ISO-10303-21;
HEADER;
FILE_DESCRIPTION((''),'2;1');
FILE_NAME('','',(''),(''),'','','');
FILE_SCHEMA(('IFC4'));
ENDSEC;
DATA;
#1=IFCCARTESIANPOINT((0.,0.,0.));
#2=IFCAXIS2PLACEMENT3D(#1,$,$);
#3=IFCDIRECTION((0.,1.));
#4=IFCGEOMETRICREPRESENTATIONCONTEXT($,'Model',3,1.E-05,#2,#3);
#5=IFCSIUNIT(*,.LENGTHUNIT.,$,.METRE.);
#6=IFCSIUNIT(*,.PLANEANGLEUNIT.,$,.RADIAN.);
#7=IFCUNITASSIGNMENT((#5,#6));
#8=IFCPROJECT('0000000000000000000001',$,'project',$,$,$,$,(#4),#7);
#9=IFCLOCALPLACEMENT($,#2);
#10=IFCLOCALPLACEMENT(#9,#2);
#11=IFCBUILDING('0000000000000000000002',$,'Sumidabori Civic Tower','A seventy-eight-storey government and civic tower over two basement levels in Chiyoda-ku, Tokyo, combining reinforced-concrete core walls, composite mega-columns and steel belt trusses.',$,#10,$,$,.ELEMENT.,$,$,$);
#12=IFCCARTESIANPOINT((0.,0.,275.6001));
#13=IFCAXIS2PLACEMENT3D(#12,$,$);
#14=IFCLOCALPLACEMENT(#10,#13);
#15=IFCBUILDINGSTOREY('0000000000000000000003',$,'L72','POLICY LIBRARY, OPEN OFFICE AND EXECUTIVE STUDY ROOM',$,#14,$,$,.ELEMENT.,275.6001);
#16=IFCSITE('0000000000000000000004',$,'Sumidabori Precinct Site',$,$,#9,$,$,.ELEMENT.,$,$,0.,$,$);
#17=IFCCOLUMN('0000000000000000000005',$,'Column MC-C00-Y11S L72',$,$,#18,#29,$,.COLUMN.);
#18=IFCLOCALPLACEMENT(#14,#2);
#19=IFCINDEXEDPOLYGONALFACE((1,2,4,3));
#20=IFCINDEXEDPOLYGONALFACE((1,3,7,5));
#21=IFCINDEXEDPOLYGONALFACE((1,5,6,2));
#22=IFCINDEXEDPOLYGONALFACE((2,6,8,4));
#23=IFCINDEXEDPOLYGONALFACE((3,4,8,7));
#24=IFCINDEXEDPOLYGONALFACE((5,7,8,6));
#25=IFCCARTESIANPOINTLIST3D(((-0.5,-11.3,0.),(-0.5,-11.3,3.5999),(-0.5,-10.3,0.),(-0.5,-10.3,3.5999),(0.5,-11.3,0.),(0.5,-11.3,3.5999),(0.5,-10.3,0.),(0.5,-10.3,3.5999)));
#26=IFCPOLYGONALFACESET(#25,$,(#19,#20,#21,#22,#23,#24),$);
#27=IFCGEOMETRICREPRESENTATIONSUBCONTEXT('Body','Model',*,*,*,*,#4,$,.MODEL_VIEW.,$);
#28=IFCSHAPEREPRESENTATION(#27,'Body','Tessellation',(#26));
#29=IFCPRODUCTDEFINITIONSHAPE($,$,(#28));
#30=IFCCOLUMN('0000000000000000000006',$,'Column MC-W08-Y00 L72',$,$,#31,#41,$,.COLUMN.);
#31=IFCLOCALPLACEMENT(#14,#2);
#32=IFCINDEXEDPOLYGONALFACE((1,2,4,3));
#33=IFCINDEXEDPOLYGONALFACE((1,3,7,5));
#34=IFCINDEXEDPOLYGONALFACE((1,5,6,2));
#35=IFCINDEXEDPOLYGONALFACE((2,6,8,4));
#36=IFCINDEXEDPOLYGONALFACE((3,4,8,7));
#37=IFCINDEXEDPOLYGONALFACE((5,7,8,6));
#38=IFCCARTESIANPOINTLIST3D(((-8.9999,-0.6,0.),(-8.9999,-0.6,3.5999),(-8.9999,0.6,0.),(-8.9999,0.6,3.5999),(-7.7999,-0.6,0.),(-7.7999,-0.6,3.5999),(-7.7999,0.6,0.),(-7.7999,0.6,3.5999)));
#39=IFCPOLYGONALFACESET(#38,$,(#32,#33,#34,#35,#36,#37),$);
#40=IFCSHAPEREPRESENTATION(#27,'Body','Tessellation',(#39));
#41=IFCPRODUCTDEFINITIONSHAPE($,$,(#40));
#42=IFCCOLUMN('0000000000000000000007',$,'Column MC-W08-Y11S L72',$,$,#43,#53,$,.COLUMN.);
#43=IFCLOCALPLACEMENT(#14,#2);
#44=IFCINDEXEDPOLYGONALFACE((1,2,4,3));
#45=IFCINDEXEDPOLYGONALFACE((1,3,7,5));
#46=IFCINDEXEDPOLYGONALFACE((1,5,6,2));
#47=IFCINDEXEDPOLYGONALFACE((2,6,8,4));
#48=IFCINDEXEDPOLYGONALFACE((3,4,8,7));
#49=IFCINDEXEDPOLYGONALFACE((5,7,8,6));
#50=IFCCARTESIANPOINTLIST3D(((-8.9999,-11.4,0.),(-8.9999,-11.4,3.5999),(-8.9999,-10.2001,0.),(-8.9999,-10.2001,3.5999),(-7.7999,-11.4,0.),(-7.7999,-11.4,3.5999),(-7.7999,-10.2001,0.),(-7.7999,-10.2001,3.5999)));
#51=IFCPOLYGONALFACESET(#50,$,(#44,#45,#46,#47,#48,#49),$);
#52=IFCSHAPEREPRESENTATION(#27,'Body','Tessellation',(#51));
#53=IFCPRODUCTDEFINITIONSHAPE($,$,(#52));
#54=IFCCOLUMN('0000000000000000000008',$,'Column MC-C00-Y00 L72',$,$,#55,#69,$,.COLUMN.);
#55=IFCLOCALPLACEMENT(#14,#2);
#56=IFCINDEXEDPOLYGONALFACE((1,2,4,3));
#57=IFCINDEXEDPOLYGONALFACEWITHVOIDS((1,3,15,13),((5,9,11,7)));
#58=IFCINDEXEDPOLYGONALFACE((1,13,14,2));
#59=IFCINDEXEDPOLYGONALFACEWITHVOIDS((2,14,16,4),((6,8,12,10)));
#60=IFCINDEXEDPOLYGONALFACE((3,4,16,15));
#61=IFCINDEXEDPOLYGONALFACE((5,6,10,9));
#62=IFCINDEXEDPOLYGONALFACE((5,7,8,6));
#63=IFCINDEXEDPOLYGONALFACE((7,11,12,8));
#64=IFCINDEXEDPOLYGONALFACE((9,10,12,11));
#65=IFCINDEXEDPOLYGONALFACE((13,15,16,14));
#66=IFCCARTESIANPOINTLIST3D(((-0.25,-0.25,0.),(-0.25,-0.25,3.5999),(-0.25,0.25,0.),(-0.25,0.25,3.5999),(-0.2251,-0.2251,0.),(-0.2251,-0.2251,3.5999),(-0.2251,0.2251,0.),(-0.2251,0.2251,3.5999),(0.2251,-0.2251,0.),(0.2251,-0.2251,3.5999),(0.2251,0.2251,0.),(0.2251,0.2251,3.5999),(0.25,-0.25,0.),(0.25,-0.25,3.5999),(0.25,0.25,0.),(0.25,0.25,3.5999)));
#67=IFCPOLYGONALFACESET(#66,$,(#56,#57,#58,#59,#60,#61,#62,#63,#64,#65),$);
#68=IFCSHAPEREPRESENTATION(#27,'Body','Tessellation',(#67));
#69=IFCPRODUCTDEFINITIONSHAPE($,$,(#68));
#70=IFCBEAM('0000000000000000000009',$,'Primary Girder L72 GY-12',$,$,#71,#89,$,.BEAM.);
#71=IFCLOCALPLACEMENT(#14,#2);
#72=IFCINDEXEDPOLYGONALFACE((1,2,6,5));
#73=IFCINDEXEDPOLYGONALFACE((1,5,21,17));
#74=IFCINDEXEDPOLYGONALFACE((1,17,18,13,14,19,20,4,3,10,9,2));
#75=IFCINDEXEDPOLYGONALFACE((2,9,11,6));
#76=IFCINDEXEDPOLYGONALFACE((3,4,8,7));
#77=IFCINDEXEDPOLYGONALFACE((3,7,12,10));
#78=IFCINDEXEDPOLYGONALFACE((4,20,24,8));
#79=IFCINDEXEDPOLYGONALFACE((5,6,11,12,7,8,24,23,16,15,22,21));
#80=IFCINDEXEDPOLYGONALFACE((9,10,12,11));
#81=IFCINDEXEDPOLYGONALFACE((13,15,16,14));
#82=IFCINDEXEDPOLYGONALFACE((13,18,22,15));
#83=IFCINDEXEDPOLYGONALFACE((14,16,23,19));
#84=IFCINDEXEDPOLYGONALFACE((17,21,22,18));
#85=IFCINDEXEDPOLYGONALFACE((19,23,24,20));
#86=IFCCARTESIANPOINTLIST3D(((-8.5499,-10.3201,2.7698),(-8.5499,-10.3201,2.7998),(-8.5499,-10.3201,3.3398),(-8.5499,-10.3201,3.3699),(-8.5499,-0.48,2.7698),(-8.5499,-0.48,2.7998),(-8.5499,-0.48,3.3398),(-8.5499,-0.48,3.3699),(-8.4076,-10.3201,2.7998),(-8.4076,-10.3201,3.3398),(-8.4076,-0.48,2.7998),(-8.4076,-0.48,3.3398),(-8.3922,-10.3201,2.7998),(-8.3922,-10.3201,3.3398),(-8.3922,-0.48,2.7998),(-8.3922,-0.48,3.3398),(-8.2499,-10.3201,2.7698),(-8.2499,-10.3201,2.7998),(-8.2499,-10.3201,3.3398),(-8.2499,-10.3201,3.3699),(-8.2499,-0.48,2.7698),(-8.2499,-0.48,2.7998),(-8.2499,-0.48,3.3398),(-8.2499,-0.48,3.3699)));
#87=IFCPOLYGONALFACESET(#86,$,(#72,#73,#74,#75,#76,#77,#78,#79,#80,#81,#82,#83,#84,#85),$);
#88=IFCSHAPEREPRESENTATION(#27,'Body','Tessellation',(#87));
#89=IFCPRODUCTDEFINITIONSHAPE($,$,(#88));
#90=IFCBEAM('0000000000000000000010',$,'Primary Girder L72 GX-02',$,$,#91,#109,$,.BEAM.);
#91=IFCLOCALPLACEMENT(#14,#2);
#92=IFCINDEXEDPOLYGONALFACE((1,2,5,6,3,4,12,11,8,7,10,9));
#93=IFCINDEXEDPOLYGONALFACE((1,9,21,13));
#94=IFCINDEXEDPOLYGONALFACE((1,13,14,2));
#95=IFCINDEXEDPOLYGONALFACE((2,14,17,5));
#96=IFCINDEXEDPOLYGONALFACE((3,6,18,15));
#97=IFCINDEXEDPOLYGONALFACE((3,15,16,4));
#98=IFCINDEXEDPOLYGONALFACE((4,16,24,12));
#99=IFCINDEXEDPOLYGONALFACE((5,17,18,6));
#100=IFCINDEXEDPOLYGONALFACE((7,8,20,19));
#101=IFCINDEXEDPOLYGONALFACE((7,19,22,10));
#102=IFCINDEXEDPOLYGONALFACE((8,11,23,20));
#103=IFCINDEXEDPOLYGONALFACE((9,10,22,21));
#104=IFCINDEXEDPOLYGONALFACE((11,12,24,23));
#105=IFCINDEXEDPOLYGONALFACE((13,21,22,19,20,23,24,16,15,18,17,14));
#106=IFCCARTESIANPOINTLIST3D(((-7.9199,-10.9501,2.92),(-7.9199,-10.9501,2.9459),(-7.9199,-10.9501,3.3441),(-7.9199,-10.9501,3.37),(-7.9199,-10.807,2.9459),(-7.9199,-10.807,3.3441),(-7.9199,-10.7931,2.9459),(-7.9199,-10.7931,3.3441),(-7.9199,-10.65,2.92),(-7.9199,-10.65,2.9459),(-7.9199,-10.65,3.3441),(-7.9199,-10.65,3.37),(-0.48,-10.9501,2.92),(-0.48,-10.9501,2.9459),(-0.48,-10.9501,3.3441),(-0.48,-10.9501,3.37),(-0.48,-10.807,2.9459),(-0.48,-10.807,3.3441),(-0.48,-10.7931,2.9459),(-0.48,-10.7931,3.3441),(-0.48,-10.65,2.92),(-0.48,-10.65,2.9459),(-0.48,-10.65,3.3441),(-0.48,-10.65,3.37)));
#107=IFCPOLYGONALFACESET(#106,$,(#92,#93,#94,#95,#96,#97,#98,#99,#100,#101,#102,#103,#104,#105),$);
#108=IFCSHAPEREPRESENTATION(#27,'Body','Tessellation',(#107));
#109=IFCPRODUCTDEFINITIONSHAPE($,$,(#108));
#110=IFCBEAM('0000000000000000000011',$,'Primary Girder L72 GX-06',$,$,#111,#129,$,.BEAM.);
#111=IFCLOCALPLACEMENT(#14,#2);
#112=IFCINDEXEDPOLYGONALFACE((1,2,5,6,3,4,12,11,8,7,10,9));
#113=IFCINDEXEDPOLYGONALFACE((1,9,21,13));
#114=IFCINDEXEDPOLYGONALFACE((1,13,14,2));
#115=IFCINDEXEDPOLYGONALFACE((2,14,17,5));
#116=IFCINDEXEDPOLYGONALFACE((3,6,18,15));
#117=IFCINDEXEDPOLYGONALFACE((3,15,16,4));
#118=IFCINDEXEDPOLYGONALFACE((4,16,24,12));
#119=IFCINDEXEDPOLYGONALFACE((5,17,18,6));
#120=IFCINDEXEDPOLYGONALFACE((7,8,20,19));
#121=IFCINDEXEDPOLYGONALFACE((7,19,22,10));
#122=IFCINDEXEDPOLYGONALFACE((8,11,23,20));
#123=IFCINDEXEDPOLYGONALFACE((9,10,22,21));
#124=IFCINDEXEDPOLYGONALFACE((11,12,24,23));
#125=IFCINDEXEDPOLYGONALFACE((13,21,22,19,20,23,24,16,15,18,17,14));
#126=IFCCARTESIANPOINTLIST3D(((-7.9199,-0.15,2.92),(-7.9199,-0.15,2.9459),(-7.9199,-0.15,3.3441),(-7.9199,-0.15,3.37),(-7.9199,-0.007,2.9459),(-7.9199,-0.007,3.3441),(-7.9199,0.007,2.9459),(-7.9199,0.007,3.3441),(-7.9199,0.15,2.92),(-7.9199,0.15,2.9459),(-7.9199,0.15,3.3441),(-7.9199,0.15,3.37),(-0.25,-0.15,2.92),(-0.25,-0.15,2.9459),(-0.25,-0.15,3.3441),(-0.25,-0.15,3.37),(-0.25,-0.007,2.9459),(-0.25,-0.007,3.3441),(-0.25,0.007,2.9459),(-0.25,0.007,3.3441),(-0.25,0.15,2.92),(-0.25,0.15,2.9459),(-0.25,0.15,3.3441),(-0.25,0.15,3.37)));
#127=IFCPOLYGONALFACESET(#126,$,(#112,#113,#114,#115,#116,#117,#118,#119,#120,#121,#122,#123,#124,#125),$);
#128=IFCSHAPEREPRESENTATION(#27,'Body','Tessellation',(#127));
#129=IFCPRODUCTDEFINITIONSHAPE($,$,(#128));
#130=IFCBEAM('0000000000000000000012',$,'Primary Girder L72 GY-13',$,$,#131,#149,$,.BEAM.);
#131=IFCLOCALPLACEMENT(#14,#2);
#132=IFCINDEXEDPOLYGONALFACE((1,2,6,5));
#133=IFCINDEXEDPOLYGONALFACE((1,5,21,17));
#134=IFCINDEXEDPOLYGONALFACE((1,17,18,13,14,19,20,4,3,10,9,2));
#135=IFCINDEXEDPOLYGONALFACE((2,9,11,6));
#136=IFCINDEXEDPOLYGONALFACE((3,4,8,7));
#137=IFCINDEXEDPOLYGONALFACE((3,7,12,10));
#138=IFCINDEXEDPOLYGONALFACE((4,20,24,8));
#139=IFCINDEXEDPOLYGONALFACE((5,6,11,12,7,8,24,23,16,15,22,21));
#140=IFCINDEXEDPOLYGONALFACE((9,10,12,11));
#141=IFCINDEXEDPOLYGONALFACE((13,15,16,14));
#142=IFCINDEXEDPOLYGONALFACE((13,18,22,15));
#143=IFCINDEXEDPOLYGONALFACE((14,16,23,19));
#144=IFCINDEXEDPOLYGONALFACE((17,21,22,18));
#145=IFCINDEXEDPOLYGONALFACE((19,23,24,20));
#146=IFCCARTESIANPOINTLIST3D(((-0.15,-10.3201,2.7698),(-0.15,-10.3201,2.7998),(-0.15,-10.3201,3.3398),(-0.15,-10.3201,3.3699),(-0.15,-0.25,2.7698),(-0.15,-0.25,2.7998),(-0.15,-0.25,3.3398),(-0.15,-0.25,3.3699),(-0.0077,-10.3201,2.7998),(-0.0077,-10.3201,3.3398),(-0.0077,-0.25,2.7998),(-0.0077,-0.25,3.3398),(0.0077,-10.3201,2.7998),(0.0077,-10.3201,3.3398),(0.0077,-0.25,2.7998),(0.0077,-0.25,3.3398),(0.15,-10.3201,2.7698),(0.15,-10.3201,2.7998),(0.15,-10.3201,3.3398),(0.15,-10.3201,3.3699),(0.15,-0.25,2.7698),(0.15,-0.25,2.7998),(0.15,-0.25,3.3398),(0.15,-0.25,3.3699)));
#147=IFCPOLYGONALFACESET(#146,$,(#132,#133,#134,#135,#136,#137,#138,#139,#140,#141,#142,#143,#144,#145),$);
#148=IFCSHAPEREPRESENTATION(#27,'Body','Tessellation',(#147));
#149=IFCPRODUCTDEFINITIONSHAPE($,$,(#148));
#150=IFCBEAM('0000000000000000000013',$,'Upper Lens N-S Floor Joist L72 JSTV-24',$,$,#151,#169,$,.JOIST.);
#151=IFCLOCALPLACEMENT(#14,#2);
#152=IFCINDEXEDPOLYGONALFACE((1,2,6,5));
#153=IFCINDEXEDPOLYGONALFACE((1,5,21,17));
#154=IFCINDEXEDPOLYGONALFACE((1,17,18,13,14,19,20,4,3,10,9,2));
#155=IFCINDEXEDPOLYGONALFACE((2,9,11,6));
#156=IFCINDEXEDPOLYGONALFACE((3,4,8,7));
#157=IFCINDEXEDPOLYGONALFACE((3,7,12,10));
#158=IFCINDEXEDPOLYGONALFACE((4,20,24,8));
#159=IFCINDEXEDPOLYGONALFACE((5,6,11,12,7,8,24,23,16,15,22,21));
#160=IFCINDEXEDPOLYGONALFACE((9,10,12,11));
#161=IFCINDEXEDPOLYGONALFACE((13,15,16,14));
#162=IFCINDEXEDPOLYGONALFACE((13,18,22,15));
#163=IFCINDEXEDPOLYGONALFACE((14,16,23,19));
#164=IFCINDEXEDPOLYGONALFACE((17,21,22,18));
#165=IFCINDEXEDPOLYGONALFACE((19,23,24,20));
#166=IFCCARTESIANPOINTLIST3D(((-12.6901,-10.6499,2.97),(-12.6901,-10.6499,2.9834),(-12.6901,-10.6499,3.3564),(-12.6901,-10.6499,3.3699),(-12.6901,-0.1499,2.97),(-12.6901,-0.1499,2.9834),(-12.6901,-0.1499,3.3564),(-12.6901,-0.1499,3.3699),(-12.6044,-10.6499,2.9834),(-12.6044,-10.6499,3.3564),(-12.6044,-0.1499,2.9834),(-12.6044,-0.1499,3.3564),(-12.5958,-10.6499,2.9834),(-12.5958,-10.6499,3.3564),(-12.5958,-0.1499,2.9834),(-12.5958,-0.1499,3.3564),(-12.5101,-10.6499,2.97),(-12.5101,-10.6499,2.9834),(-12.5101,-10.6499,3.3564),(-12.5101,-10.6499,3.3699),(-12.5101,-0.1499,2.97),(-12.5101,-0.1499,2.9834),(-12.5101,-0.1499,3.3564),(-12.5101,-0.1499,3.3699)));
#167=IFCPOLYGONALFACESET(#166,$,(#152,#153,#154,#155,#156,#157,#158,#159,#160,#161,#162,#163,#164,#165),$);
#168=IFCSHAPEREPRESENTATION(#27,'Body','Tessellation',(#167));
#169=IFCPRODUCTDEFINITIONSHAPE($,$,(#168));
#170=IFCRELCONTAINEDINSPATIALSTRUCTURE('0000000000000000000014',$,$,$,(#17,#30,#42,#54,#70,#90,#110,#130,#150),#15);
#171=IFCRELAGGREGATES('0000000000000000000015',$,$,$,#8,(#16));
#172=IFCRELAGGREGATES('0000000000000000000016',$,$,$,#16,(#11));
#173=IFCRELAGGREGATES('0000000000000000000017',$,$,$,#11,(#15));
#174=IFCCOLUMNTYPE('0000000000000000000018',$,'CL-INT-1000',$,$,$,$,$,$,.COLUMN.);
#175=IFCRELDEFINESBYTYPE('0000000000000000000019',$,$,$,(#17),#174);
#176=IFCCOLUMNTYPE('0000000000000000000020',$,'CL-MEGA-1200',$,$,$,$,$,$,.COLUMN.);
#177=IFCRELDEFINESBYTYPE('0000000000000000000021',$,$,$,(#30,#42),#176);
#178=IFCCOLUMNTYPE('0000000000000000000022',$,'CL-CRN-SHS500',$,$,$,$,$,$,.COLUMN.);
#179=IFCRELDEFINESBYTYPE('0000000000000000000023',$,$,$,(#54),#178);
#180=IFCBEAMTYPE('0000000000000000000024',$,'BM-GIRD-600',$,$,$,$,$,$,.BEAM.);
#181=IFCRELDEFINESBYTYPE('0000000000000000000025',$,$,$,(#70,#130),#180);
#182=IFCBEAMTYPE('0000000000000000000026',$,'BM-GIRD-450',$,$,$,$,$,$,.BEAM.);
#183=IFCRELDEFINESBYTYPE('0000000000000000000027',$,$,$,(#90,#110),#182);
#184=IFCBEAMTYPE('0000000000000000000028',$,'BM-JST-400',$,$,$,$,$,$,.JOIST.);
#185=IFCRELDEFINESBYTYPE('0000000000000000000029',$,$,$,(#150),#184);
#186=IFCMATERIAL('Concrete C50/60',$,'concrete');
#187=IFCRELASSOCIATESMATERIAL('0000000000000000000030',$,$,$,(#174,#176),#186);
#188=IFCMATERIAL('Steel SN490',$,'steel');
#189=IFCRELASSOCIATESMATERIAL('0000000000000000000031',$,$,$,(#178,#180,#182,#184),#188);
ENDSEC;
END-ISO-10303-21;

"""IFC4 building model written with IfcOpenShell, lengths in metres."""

from ifc_helpers import new_model, si_unit, direction, frame, origin, origin_with_axes, origin_2d, place, context, subcontext, project, spatial, rectangle, hollow_rectangle, i_section, extrude, source, transform, mapped, material, material_profile, profile_set, type_object, element, save


model = new_model("IFC4")

# Units and contexts
model_context = context("Model", 3, precision=1e-05, world=origin(), true_north=direction((0.0, 1.0)))
body_context = subcontext(model_context, "Body", "Model", "MODEL_VIEW")
ifc_project = project(units=[si_unit("LENGTHUNIT", "METRE"), si_unit("PLANEANGLEUNIT", "RADIAN")], contexts=[model_context])

# Site, building, storey
site_placement = place(None, origin())
site = spatial("IfcSite", under=ifc_project, at=site_placement, Name="Sumidabori Precinct Site", CompositionType="ELEMENT", RefElevation=0.0)
building_placement = place(site_placement, origin())
building = spatial("IfcBuilding", under=site, at=building_placement, Name="Sumidabori Civic Tower", Description="A seventy-eight-storey government and civic tower over two basement levels in Chiyoda-ku, Tokyo, combining reinforced-concrete core walls, composite mega-columns and steel belt trusses.", CompositionType="ELEMENT")
storey_placement = place(building_placement, frame((0.0, 0.0, 275.6001)))
storey = spatial("IfcBuildingStorey", under=building, at=storey_placement, Name="L72", Description="POLICY LIBRARY, OPEN OFFICE AND EXECUTIVE STUDY ROOM", CompositionType="ELEMENT", Elevation=275.6001)

# Columns
ifc_material_1 = material(Name="Concrete C50/60", Category="concrete")
ifc_material_profile_1 = material_profile(ifc_material_1, rectangle(XDim=1.0, YDim=1.0, at=origin_2d()), Name="RC 1000x1000")
ifc_profile_set_1 = profile_set([ifc_material_profile_1], Name="Concrete C50/60")
column_type_1 = type_object("IfcColumnType", Name="CL-INT-1000", PredefinedType="COLUMN", material=ifc_profile_set_1)
shared_shape_1 = source(origin(), body_context, "Body", "SweptSolid", [
    extrude(rectangle(XDim=1.0, YDim=1.0, at=origin_2d()), origin(), (0.0, 0.0, 1.0), 3.5999),
])
column_1_placement = place(storey_placement, frame((0.0, -10.8, 0.0), z_axis=(0.0, 0.0, 1.0), x_axis=(1.0, 0.0, 0.0)))
element("IfcColumn", 1, at=column_1_placement, inside=storey, type_object=column_type_1, Name="Column MC-C00-Y11S L72", PredefinedType="COLUMN", context=body_context, shape_type="MappedRepresentation", body=[
    mapped(shared_shape_1, transform((0.0, 0.0, 0.0), x_axis=(1.0, 0.0, 0.0), y_axis=(0.0, 1.0, 0.0), z_axis=(0.0, 0.0, 1.0), scale=1.0)),
])
ifc_material_profile_2 = material_profile(ifc_material_1, rectangle(XDim=1.2, YDim=1.2, at=origin_2d()), Name="RC 1200x1200")
ifc_profile_set_2 = profile_set([ifc_material_profile_2], Name="Concrete C50/60")
column_type_2 = type_object("IfcColumnType", Name="CL-MEGA-1200", PredefinedType="COLUMN", material=ifc_profile_set_2)
shared_shape_2 = source(origin(), body_context, "Body", "SweptSolid", [
    extrude(rectangle(XDim=1.2, YDim=1.2, at=origin_2d()), origin(), (0.0, 0.0, 1.0), 3.5999),
])
for number, where, z_axis, x_axis, name in (
    (2, (-8.3999, 0.0, 0.0), (0.0, 0.0, 1.0), (1.0, 0.0, 0.0), "Column MC-W08-Y00 L72"),
    (3, (-8.3999, -10.8, 0.0), (0.0, 0.0, 1.0), (1.0, 0.0, 0.0), "Column MC-W08-Y11S L72"),
):
    element("IfcColumn", number, at=place(storey_placement, frame(where, z_axis=z_axis, x_axis=x_axis)), inside=storey, type_object=column_type_2, Name=name, PredefinedType="COLUMN", context=body_context, shape_type="MappedRepresentation", body=[
        mapped(shared_shape_2, transform((0.0, 0.0, 0.0), x_axis=(1.0, 0.0, 0.0), y_axis=(0.0, 1.0, 0.0), z_axis=(0.0, 0.0, 1.0), scale=1.0)),
    ])
ifc_material_2 = material(Name="Steel SN490", Category="steel")
ifc_material_profile_3 = material_profile(ifc_material_2, hollow_rectangle(XDim=0.5, YDim=0.5, WallThickness=0.0249, at=origin_2d()), Name="SHS 500x500x25")
ifc_profile_set_3 = profile_set([ifc_material_profile_3], Name="Steel SN490")
column_type_3 = type_object("IfcColumnType", Name="CL-CRN-SHS500", PredefinedType="COLUMN", material=ifc_profile_set_3)
shared_shape_3 = source(origin(), body_context, "Body", "SweptSolid", [
    extrude(hollow_rectangle(XDim=0.5, YDim=0.5, WallThickness=0.0249, at=origin_2d()), origin(), (0.0, 0.0, 1.0), 3.5999),
])
column_2_placement = place(storey_placement, origin_with_axes())
element("IfcColumn", 4, at=column_2_placement, inside=storey, type_object=column_type_3, Name="Column MC-C00-Y00 L72", PredefinedType="COLUMN", context=body_context, shape_type="MappedRepresentation", body=[
    mapped(shared_shape_3, transform((0.0, 0.0, 0.0), x_axis=(1.0, 0.0, 0.0), y_axis=(0.0, 1.0, 0.0), z_axis=(0.0, 0.0, 1.0), scale=1.0)),
])

# Beams
ifc_material_profile_4 = material_profile(ifc_material_2, i_section(OverallWidth=0.3, OverallDepth=0.6001, WebThickness=0.0154, FlangeThickness=0.03, at=origin_2d()), Name="HE 600 B")
ifc_profile_set_4 = profile_set([ifc_material_profile_4], Name="Steel SN490")
beam_type_1 = type_object("IfcBeamType", Name="BM-GIRD-600", PredefinedType="BEAM", material=ifc_profile_set_4)
shared_shape_4 = source(origin(), body_context, "Body", "SweptSolid", [
    extrude(i_section(OverallWidth=0.3, OverallDepth=0.6001, WebThickness=0.0154, FlangeThickness=0.03, at=origin_2d()), origin(), (0.0, 0.0, 1.0), 9.8401),
])
beam_1_placement = place(storey_placement, frame((-8.3999, -10.3201, 3.0698), z_axis=(0.0, 1.0, 0.0), x_axis=(-1.0, 0.0, 0.0)))
element("IfcBeam", 5, at=beam_1_placement, inside=storey, type_object=beam_type_1, Name="Primary Girder L72 GY-12", PredefinedType="BEAM", context=body_context, shape_type="MappedRepresentation", body=[
    mapped(shared_shape_4, transform((0.0, 0.0, 0.0), x_axis=(1.0, 0.0, 0.0), y_axis=(0.0, 1.0, 0.0), z_axis=(0.0, 0.0, 1.0), scale=1.0)),
])
ifc_material_profile_5 = material_profile(ifc_material_2, i_section(OverallWidth=0.3, OverallDepth=0.45, WebThickness=0.0139, FlangeThickness=0.0259, at=origin_2d()), Name="HE 450 B")
ifc_profile_set_5 = profile_set([ifc_material_profile_5], Name="Steel SN490")
beam_type_2 = type_object("IfcBeamType", Name="BM-GIRD-450", PredefinedType="BEAM", material=ifc_profile_set_5)
shared_shape_5 = source(origin(), body_context, "Body", "SweptSolid", [
    extrude(i_section(OverallWidth=0.3, OverallDepth=0.45, WebThickness=0.0139, FlangeThickness=0.0259, at=origin_2d()), origin(), (0.0, 0.0, 1.0), 7.4399),
])
beam_2_placement = place(storey_placement, frame((-7.9199, -10.8, 3.145), z_axis=(1.0, 0.0, 0.0), x_axis=(0.0, 1.0, 0.0)))
element("IfcBeam", 6, at=beam_2_placement, inside=storey, type_object=beam_type_2, Name="Primary Girder L72 GX-02", PredefinedType="BEAM", context=body_context, shape_type="MappedRepresentation", body=[
    mapped(shared_shape_5, transform((0.0, 0.0, 0.0), x_axis=(1.0, 0.0, 0.0), y_axis=(0.0, 1.0, 0.0), z_axis=(0.0, 0.0, 1.0), scale=1.0)),
])
shared_shape_6 = source(origin(), body_context, "Body", "SweptSolid", [
    extrude(i_section(OverallWidth=0.3, OverallDepth=0.45, WebThickness=0.0139, FlangeThickness=0.0259, at=origin_2d()), origin(), (0.0, 0.0, 1.0), 7.6699),
])
beam_3_placement = place(storey_placement, frame((-7.9199, 0.0, 3.145), z_axis=(1.0, 0.0, 0.0), x_axis=(0.0, 1.0, 0.0)))
element("IfcBeam", 7, at=beam_3_placement, inside=storey, type_object=beam_type_2, Name="Primary Girder L72 GX-06", PredefinedType="BEAM", context=body_context, shape_type="MappedRepresentation", body=[
    mapped(shared_shape_6, transform((0.0, 0.0, 0.0), x_axis=(1.0, 0.0, 0.0), y_axis=(0.0, 1.0, 0.0), z_axis=(0.0, 0.0, 1.0), scale=1.0)),
])
shared_shape_7 = source(origin(), body_context, "Body", "SweptSolid", [
    extrude(i_section(OverallWidth=0.3, OverallDepth=0.6001, WebThickness=0.0154, FlangeThickness=0.03, at=origin_2d()), origin(), (0.0, 0.0, 1.0), 10.0701),
])
beam_4_placement = place(storey_placement, frame((0.0, -10.3201, 3.0698), z_axis=(0.0, 1.0, 0.0), x_axis=(-1.0, 0.0, 0.0)))
element("IfcBeam", 8, at=beam_4_placement, inside=storey, type_object=beam_type_1, Name="Primary Girder L72 GY-13", PredefinedType="BEAM", context=body_context, shape_type="MappedRepresentation", body=[
    mapped(shared_shape_7, transform((0.0, 0.0, 0.0), x_axis=(1.0, 0.0, 0.0), y_axis=(0.0, 1.0, 0.0), z_axis=(0.0, 0.0, 1.0), scale=1.0)),
])
ifc_material_profile_6 = material_profile(ifc_material_2, i_section(OverallWidth=0.1799, OverallDepth=0.3999, WebThickness=0.0085, FlangeThickness=0.0134, at=origin_2d()), Name="IPE 400")
ifc_profile_set_6 = profile_set([ifc_material_profile_6], Name="Steel SN490")
beam_type_3 = type_object("IfcBeamType", Name="BM-JST-400", PredefinedType="JOIST", material=ifc_profile_set_6)
shared_shape_8 = source(origin(), body_context, "Body", "SweptSolid", [
    extrude(i_section(OverallWidth=0.1799, OverallDepth=0.3999, WebThickness=0.0085, FlangeThickness=0.0134, at=origin_2d()), origin(), (0.0, 0.0, 1.0), 10.5),
])
for number, where, z_axis, x_axis, name in (
    (9, (-12.6001, -10.6499, 3.1699), (0.0, 1.0, 0.0), (-1.0, 0.0, 0.0), "Upper Lens N-S Floor Joist L72 JSTV-24"),
):
    element("IfcBeam", number, at=place(storey_placement, frame(where, z_axis=z_axis, x_axis=x_axis)), inside=storey, type_object=beam_type_3, Name=name, PredefinedType="JOIST", context=body_context, shape_type="MappedRepresentation", body=[
        mapped(shared_shape_8, transform((0.0, 0.0, 0.0), x_axis=(1.0, 0.0, 0.0), y_axis=(0.0, 1.0, 0.0), z_axis=(0.0, 0.0, 1.0), scale=1.0)),
    ])

save(model, "model.ifc")
